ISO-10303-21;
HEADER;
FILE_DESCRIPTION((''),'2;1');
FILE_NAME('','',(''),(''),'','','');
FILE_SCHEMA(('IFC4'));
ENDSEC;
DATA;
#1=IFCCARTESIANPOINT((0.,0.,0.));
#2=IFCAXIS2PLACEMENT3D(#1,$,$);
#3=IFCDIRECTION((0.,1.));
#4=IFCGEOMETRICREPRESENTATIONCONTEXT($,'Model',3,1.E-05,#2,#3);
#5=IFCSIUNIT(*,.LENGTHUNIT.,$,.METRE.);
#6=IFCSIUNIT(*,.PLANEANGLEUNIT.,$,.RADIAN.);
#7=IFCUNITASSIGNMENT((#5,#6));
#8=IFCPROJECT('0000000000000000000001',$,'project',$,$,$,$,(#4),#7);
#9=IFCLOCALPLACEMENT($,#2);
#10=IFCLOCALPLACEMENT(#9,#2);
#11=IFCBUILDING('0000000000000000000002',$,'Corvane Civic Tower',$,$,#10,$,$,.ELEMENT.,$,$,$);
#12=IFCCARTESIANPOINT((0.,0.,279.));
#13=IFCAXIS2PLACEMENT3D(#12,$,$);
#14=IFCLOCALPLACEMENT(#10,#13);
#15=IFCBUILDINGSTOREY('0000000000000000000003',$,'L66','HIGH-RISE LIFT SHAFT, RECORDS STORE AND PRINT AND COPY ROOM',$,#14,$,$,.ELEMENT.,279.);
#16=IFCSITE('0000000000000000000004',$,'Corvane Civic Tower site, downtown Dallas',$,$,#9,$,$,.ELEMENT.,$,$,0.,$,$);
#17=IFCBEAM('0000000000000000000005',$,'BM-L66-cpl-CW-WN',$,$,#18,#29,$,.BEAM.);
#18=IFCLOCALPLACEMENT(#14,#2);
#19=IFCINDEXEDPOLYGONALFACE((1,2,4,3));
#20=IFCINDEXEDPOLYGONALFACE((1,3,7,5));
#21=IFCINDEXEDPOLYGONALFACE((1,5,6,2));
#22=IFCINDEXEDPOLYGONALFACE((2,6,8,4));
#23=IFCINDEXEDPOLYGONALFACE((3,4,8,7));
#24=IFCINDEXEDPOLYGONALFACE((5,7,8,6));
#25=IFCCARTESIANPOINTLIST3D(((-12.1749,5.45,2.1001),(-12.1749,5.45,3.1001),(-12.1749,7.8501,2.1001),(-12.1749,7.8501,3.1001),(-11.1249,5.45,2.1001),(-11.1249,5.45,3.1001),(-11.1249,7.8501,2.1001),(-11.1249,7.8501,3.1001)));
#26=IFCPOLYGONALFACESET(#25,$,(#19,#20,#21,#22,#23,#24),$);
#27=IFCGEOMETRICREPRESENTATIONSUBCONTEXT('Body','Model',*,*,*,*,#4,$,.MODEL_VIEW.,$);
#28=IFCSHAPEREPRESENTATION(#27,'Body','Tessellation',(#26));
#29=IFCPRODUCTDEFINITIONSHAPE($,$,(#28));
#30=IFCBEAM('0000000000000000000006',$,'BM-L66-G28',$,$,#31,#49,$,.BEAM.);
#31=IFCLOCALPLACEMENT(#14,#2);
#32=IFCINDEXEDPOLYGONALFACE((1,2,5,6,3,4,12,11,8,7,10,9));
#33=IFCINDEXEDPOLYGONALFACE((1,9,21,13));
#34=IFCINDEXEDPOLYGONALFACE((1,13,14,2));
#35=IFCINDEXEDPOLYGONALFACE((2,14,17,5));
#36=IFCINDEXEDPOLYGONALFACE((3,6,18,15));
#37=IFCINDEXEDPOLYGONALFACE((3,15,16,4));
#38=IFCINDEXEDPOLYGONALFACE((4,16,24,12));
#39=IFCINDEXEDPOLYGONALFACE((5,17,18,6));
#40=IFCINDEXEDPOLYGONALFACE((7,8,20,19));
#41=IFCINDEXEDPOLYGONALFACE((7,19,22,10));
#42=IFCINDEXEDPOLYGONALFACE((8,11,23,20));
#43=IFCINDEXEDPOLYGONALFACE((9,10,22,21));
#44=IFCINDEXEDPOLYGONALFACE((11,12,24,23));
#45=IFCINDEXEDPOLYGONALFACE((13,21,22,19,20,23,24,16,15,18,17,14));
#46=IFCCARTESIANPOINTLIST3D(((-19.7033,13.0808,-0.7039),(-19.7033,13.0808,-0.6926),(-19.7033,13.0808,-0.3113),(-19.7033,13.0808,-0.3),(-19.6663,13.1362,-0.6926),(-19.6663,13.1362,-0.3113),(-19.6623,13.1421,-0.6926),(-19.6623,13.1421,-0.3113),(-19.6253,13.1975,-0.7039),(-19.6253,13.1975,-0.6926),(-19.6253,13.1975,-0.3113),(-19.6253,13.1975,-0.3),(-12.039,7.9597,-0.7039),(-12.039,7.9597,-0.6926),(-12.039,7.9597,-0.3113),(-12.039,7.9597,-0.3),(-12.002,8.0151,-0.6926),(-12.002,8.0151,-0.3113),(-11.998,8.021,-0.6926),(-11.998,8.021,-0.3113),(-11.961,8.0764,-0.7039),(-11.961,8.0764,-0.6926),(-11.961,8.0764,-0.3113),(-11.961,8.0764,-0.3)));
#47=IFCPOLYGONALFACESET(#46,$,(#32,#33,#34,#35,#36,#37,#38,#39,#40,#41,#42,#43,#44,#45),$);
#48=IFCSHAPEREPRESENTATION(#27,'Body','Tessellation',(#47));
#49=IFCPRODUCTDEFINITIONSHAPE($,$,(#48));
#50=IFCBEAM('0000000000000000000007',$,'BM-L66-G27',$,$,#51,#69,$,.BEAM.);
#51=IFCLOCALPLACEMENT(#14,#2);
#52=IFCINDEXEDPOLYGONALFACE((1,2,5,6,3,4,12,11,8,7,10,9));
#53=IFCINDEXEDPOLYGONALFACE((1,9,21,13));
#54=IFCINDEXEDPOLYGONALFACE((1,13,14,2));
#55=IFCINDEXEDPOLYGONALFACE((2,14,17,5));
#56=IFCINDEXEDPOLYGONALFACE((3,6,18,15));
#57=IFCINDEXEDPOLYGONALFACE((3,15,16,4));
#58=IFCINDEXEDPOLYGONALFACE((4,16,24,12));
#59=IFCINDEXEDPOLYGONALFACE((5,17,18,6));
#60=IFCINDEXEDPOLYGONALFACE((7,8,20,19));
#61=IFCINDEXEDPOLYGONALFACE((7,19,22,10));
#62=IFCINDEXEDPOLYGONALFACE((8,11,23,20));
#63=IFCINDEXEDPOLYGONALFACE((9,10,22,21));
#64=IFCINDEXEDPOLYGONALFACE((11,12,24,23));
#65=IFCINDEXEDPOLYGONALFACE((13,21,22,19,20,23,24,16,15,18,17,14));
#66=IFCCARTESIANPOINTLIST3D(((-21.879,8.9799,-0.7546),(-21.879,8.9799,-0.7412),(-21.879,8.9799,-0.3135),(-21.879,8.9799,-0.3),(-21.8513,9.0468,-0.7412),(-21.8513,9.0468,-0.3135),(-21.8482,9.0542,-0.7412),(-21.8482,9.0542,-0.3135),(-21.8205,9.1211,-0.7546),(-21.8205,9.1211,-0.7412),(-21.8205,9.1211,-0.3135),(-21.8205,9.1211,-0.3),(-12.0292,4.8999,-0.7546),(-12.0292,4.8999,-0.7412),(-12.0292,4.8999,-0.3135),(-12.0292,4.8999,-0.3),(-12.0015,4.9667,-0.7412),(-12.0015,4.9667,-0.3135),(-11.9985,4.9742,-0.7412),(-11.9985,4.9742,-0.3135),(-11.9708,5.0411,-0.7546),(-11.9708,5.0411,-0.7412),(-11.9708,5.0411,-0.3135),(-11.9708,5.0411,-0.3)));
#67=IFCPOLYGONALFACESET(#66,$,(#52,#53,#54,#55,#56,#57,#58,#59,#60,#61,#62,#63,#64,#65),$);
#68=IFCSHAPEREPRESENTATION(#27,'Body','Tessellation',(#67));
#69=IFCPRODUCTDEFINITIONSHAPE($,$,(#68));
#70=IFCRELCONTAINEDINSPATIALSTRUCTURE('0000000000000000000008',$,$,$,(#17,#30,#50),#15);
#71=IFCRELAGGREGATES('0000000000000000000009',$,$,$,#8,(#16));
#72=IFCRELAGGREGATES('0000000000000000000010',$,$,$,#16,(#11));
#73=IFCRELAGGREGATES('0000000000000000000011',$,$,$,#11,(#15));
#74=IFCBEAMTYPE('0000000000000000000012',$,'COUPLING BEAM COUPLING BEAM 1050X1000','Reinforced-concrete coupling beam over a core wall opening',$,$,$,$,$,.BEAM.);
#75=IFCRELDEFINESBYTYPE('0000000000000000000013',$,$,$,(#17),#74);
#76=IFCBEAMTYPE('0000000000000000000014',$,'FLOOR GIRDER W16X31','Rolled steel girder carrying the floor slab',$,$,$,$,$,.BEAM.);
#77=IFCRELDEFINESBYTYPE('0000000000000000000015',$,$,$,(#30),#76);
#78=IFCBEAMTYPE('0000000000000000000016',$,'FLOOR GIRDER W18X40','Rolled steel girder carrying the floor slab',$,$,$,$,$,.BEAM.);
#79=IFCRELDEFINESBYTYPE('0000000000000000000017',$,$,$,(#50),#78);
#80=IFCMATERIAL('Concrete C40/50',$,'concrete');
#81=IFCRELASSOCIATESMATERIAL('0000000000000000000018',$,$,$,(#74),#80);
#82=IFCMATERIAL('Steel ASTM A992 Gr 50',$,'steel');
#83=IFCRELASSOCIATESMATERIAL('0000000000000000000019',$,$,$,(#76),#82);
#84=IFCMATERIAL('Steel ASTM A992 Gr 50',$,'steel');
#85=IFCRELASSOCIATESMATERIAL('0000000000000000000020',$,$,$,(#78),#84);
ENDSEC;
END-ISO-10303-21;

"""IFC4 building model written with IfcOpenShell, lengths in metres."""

from ifc_helpers import new_model, si_unit, direction, frame, origin, origin_2d, place, context, subcontext, project, spatial, rectangle, i_section, extrude, material, material_profile, profile_set, type_object, element, save


model = new_model("IFC4")

# Units and contexts
model_context = context("Model", 3, precision=1e-05, world=origin(), true_north=direction((0.0, 1.0)))
body_context = subcontext(model_context, "Body", "Model", "MODEL_VIEW")
ifc_project = project(units=[si_unit("LENGTHUNIT", "METRE"), si_unit("PLANEANGLEUNIT", "RADIAN")], contexts=[model_context])

# Site, building, storey
site_placement = place(None, origin())
site = spatial("IfcSite", under=ifc_project, at=site_placement, Name="Corvane Civic Tower site, downtown Dallas", CompositionType="ELEMENT", RefElevation=0.0)
building_placement = place(site_placement, origin())
building = spatial("IfcBuilding", under=site, at=building_placement, Name="Corvane Civic Tower", CompositionType="ELEMENT")
storey_placement = place(building_placement, frame((0.0, 0.0, 279.0)))
storey = spatial("IfcBuildingStorey", under=building, at=storey_placement, Name="L66", Description="HIGH-RISE LIFT SHAFT, RECORDS STORE AND PRINT AND COPY ROOM", CompositionType="ELEMENT", Elevation=279.0)

# Beams
ifc_material_1 = material(Name="Concrete C40/50", Category="concrete")
ifc_material_profile_1 = material_profile(ifc_material_1, rectangle(XDim=1.05, YDim=1.0, at=origin_2d()), Name="COUPLING BEAM 1050X1000")
ifc_profile_set_1 = profile_set([ifc_material_profile_1], Name="Concrete C40/50")
beam_type_1 = type_object("IfcBeamType", Name="COUPLING BEAM COUPLING BEAM 1050X1000", Description="Reinforced-concrete coupling beam over a core wall opening", PredefinedType="BEAM", material=ifc_profile_set_1)
beam_1_placement = place(storey_placement, frame((-11.6499, 5.45, 2.6001), z_axis=(0.0, 1.0, 0.0), x_axis=(-1.0, 0.0, 0.0)))
element("IfcBeam", 1, at=beam_1_placement, inside=storey, type_object=beam_type_1, Name="BM-L66-cpl-CW-WN", PredefinedType="BEAM", context=body_context, shape_type="SweptSolid", body=[
    extrude(rectangle(XDim=1.05, YDim=1.0, at=origin_2d()), origin(), (0.0, 0.0, 1.0), 2.4001),
])
ifc_material_2 = material(Name="Steel ASTM A992 Gr 50", Category="steel")
ifc_material_profile_2 = material_profile(ifc_material_2, i_section(OverallWidth=0.1404, OverallDepth=0.4038, WebThickness=0.0071, FlangeThickness=0.0112, at=origin_2d()), Name="W16X31")
ifc_profile_set_2 = profile_set([ifc_material_profile_2], Name="Steel ASTM A992 Gr 50")
beam_type_2 = type_object("IfcBeamType", Name="FLOOR GIRDER W16X31", Description="Rolled steel girder carrying the floor slab", PredefinedType="BEAM", material=ifc_profile_set_2)
beam_2_placement = place(storey_placement, frame((-12.0, 8.0181, -0.502), z_axis=(-0.831471, 0.555568, 0.0), x_axis=(-0.555568, -0.831471, 0.0)))
element("IfcBeam", 2, at=beam_2_placement, inside=storey, type_object=beam_type_2, Name="BM-L66-G28", PredefinedType="BEAM", context=body_context, shape_type="SweptSolid", body=[
    extrude(i_section(OverallWidth=0.1404, OverallDepth=0.4038, WebThickness=0.0071, FlangeThickness=0.0112, at=origin_2d()), origin(), (0.0, 0.0, 1.0), 9.2178),
])
ifc_material_3 = material(Name="Steel ASTM A992 Gr 50", Category="steel")
ifc_material_profile_3 = material_profile(ifc_material_3, i_section(OverallWidth=0.1528, OverallDepth=0.4546, WebThickness=0.0081, FlangeThickness=0.0134, at=origin_2d()), Name="W18X40")
ifc_profile_set_3 = profile_set([ifc_material_profile_3], Name="Steel ASTM A992 Gr 50")
beam_type_3 = type_object("IfcBeamType", Name="FLOOR GIRDER W18X40", Description="Rolled steel girder carrying the floor slab", PredefinedType="BEAM", material=ifc_profile_set_3)
beam_3_placement = place(storey_placement, frame((-12.0, 4.9705, -0.5273), z_axis=(-0.923875, 0.382694, 0.0), x_axis=(-0.382694, -0.923875, 0.0)))
element("IfcBeam", 3, at=beam_3_placement, inside=storey, type_object=beam_type_3, Name="BM-L66-G27", PredefinedType="BEAM", context=body_context, shape_type="SweptSolid", body=[
    extrude(i_section(OverallWidth=0.1528, OverallDepth=0.4546, WebThickness=0.0081, FlangeThickness=0.0134, at=origin_2d()), origin(), (0.0, 0.0, 1.0), 10.6614),
])

save(model, "model.ifc")
